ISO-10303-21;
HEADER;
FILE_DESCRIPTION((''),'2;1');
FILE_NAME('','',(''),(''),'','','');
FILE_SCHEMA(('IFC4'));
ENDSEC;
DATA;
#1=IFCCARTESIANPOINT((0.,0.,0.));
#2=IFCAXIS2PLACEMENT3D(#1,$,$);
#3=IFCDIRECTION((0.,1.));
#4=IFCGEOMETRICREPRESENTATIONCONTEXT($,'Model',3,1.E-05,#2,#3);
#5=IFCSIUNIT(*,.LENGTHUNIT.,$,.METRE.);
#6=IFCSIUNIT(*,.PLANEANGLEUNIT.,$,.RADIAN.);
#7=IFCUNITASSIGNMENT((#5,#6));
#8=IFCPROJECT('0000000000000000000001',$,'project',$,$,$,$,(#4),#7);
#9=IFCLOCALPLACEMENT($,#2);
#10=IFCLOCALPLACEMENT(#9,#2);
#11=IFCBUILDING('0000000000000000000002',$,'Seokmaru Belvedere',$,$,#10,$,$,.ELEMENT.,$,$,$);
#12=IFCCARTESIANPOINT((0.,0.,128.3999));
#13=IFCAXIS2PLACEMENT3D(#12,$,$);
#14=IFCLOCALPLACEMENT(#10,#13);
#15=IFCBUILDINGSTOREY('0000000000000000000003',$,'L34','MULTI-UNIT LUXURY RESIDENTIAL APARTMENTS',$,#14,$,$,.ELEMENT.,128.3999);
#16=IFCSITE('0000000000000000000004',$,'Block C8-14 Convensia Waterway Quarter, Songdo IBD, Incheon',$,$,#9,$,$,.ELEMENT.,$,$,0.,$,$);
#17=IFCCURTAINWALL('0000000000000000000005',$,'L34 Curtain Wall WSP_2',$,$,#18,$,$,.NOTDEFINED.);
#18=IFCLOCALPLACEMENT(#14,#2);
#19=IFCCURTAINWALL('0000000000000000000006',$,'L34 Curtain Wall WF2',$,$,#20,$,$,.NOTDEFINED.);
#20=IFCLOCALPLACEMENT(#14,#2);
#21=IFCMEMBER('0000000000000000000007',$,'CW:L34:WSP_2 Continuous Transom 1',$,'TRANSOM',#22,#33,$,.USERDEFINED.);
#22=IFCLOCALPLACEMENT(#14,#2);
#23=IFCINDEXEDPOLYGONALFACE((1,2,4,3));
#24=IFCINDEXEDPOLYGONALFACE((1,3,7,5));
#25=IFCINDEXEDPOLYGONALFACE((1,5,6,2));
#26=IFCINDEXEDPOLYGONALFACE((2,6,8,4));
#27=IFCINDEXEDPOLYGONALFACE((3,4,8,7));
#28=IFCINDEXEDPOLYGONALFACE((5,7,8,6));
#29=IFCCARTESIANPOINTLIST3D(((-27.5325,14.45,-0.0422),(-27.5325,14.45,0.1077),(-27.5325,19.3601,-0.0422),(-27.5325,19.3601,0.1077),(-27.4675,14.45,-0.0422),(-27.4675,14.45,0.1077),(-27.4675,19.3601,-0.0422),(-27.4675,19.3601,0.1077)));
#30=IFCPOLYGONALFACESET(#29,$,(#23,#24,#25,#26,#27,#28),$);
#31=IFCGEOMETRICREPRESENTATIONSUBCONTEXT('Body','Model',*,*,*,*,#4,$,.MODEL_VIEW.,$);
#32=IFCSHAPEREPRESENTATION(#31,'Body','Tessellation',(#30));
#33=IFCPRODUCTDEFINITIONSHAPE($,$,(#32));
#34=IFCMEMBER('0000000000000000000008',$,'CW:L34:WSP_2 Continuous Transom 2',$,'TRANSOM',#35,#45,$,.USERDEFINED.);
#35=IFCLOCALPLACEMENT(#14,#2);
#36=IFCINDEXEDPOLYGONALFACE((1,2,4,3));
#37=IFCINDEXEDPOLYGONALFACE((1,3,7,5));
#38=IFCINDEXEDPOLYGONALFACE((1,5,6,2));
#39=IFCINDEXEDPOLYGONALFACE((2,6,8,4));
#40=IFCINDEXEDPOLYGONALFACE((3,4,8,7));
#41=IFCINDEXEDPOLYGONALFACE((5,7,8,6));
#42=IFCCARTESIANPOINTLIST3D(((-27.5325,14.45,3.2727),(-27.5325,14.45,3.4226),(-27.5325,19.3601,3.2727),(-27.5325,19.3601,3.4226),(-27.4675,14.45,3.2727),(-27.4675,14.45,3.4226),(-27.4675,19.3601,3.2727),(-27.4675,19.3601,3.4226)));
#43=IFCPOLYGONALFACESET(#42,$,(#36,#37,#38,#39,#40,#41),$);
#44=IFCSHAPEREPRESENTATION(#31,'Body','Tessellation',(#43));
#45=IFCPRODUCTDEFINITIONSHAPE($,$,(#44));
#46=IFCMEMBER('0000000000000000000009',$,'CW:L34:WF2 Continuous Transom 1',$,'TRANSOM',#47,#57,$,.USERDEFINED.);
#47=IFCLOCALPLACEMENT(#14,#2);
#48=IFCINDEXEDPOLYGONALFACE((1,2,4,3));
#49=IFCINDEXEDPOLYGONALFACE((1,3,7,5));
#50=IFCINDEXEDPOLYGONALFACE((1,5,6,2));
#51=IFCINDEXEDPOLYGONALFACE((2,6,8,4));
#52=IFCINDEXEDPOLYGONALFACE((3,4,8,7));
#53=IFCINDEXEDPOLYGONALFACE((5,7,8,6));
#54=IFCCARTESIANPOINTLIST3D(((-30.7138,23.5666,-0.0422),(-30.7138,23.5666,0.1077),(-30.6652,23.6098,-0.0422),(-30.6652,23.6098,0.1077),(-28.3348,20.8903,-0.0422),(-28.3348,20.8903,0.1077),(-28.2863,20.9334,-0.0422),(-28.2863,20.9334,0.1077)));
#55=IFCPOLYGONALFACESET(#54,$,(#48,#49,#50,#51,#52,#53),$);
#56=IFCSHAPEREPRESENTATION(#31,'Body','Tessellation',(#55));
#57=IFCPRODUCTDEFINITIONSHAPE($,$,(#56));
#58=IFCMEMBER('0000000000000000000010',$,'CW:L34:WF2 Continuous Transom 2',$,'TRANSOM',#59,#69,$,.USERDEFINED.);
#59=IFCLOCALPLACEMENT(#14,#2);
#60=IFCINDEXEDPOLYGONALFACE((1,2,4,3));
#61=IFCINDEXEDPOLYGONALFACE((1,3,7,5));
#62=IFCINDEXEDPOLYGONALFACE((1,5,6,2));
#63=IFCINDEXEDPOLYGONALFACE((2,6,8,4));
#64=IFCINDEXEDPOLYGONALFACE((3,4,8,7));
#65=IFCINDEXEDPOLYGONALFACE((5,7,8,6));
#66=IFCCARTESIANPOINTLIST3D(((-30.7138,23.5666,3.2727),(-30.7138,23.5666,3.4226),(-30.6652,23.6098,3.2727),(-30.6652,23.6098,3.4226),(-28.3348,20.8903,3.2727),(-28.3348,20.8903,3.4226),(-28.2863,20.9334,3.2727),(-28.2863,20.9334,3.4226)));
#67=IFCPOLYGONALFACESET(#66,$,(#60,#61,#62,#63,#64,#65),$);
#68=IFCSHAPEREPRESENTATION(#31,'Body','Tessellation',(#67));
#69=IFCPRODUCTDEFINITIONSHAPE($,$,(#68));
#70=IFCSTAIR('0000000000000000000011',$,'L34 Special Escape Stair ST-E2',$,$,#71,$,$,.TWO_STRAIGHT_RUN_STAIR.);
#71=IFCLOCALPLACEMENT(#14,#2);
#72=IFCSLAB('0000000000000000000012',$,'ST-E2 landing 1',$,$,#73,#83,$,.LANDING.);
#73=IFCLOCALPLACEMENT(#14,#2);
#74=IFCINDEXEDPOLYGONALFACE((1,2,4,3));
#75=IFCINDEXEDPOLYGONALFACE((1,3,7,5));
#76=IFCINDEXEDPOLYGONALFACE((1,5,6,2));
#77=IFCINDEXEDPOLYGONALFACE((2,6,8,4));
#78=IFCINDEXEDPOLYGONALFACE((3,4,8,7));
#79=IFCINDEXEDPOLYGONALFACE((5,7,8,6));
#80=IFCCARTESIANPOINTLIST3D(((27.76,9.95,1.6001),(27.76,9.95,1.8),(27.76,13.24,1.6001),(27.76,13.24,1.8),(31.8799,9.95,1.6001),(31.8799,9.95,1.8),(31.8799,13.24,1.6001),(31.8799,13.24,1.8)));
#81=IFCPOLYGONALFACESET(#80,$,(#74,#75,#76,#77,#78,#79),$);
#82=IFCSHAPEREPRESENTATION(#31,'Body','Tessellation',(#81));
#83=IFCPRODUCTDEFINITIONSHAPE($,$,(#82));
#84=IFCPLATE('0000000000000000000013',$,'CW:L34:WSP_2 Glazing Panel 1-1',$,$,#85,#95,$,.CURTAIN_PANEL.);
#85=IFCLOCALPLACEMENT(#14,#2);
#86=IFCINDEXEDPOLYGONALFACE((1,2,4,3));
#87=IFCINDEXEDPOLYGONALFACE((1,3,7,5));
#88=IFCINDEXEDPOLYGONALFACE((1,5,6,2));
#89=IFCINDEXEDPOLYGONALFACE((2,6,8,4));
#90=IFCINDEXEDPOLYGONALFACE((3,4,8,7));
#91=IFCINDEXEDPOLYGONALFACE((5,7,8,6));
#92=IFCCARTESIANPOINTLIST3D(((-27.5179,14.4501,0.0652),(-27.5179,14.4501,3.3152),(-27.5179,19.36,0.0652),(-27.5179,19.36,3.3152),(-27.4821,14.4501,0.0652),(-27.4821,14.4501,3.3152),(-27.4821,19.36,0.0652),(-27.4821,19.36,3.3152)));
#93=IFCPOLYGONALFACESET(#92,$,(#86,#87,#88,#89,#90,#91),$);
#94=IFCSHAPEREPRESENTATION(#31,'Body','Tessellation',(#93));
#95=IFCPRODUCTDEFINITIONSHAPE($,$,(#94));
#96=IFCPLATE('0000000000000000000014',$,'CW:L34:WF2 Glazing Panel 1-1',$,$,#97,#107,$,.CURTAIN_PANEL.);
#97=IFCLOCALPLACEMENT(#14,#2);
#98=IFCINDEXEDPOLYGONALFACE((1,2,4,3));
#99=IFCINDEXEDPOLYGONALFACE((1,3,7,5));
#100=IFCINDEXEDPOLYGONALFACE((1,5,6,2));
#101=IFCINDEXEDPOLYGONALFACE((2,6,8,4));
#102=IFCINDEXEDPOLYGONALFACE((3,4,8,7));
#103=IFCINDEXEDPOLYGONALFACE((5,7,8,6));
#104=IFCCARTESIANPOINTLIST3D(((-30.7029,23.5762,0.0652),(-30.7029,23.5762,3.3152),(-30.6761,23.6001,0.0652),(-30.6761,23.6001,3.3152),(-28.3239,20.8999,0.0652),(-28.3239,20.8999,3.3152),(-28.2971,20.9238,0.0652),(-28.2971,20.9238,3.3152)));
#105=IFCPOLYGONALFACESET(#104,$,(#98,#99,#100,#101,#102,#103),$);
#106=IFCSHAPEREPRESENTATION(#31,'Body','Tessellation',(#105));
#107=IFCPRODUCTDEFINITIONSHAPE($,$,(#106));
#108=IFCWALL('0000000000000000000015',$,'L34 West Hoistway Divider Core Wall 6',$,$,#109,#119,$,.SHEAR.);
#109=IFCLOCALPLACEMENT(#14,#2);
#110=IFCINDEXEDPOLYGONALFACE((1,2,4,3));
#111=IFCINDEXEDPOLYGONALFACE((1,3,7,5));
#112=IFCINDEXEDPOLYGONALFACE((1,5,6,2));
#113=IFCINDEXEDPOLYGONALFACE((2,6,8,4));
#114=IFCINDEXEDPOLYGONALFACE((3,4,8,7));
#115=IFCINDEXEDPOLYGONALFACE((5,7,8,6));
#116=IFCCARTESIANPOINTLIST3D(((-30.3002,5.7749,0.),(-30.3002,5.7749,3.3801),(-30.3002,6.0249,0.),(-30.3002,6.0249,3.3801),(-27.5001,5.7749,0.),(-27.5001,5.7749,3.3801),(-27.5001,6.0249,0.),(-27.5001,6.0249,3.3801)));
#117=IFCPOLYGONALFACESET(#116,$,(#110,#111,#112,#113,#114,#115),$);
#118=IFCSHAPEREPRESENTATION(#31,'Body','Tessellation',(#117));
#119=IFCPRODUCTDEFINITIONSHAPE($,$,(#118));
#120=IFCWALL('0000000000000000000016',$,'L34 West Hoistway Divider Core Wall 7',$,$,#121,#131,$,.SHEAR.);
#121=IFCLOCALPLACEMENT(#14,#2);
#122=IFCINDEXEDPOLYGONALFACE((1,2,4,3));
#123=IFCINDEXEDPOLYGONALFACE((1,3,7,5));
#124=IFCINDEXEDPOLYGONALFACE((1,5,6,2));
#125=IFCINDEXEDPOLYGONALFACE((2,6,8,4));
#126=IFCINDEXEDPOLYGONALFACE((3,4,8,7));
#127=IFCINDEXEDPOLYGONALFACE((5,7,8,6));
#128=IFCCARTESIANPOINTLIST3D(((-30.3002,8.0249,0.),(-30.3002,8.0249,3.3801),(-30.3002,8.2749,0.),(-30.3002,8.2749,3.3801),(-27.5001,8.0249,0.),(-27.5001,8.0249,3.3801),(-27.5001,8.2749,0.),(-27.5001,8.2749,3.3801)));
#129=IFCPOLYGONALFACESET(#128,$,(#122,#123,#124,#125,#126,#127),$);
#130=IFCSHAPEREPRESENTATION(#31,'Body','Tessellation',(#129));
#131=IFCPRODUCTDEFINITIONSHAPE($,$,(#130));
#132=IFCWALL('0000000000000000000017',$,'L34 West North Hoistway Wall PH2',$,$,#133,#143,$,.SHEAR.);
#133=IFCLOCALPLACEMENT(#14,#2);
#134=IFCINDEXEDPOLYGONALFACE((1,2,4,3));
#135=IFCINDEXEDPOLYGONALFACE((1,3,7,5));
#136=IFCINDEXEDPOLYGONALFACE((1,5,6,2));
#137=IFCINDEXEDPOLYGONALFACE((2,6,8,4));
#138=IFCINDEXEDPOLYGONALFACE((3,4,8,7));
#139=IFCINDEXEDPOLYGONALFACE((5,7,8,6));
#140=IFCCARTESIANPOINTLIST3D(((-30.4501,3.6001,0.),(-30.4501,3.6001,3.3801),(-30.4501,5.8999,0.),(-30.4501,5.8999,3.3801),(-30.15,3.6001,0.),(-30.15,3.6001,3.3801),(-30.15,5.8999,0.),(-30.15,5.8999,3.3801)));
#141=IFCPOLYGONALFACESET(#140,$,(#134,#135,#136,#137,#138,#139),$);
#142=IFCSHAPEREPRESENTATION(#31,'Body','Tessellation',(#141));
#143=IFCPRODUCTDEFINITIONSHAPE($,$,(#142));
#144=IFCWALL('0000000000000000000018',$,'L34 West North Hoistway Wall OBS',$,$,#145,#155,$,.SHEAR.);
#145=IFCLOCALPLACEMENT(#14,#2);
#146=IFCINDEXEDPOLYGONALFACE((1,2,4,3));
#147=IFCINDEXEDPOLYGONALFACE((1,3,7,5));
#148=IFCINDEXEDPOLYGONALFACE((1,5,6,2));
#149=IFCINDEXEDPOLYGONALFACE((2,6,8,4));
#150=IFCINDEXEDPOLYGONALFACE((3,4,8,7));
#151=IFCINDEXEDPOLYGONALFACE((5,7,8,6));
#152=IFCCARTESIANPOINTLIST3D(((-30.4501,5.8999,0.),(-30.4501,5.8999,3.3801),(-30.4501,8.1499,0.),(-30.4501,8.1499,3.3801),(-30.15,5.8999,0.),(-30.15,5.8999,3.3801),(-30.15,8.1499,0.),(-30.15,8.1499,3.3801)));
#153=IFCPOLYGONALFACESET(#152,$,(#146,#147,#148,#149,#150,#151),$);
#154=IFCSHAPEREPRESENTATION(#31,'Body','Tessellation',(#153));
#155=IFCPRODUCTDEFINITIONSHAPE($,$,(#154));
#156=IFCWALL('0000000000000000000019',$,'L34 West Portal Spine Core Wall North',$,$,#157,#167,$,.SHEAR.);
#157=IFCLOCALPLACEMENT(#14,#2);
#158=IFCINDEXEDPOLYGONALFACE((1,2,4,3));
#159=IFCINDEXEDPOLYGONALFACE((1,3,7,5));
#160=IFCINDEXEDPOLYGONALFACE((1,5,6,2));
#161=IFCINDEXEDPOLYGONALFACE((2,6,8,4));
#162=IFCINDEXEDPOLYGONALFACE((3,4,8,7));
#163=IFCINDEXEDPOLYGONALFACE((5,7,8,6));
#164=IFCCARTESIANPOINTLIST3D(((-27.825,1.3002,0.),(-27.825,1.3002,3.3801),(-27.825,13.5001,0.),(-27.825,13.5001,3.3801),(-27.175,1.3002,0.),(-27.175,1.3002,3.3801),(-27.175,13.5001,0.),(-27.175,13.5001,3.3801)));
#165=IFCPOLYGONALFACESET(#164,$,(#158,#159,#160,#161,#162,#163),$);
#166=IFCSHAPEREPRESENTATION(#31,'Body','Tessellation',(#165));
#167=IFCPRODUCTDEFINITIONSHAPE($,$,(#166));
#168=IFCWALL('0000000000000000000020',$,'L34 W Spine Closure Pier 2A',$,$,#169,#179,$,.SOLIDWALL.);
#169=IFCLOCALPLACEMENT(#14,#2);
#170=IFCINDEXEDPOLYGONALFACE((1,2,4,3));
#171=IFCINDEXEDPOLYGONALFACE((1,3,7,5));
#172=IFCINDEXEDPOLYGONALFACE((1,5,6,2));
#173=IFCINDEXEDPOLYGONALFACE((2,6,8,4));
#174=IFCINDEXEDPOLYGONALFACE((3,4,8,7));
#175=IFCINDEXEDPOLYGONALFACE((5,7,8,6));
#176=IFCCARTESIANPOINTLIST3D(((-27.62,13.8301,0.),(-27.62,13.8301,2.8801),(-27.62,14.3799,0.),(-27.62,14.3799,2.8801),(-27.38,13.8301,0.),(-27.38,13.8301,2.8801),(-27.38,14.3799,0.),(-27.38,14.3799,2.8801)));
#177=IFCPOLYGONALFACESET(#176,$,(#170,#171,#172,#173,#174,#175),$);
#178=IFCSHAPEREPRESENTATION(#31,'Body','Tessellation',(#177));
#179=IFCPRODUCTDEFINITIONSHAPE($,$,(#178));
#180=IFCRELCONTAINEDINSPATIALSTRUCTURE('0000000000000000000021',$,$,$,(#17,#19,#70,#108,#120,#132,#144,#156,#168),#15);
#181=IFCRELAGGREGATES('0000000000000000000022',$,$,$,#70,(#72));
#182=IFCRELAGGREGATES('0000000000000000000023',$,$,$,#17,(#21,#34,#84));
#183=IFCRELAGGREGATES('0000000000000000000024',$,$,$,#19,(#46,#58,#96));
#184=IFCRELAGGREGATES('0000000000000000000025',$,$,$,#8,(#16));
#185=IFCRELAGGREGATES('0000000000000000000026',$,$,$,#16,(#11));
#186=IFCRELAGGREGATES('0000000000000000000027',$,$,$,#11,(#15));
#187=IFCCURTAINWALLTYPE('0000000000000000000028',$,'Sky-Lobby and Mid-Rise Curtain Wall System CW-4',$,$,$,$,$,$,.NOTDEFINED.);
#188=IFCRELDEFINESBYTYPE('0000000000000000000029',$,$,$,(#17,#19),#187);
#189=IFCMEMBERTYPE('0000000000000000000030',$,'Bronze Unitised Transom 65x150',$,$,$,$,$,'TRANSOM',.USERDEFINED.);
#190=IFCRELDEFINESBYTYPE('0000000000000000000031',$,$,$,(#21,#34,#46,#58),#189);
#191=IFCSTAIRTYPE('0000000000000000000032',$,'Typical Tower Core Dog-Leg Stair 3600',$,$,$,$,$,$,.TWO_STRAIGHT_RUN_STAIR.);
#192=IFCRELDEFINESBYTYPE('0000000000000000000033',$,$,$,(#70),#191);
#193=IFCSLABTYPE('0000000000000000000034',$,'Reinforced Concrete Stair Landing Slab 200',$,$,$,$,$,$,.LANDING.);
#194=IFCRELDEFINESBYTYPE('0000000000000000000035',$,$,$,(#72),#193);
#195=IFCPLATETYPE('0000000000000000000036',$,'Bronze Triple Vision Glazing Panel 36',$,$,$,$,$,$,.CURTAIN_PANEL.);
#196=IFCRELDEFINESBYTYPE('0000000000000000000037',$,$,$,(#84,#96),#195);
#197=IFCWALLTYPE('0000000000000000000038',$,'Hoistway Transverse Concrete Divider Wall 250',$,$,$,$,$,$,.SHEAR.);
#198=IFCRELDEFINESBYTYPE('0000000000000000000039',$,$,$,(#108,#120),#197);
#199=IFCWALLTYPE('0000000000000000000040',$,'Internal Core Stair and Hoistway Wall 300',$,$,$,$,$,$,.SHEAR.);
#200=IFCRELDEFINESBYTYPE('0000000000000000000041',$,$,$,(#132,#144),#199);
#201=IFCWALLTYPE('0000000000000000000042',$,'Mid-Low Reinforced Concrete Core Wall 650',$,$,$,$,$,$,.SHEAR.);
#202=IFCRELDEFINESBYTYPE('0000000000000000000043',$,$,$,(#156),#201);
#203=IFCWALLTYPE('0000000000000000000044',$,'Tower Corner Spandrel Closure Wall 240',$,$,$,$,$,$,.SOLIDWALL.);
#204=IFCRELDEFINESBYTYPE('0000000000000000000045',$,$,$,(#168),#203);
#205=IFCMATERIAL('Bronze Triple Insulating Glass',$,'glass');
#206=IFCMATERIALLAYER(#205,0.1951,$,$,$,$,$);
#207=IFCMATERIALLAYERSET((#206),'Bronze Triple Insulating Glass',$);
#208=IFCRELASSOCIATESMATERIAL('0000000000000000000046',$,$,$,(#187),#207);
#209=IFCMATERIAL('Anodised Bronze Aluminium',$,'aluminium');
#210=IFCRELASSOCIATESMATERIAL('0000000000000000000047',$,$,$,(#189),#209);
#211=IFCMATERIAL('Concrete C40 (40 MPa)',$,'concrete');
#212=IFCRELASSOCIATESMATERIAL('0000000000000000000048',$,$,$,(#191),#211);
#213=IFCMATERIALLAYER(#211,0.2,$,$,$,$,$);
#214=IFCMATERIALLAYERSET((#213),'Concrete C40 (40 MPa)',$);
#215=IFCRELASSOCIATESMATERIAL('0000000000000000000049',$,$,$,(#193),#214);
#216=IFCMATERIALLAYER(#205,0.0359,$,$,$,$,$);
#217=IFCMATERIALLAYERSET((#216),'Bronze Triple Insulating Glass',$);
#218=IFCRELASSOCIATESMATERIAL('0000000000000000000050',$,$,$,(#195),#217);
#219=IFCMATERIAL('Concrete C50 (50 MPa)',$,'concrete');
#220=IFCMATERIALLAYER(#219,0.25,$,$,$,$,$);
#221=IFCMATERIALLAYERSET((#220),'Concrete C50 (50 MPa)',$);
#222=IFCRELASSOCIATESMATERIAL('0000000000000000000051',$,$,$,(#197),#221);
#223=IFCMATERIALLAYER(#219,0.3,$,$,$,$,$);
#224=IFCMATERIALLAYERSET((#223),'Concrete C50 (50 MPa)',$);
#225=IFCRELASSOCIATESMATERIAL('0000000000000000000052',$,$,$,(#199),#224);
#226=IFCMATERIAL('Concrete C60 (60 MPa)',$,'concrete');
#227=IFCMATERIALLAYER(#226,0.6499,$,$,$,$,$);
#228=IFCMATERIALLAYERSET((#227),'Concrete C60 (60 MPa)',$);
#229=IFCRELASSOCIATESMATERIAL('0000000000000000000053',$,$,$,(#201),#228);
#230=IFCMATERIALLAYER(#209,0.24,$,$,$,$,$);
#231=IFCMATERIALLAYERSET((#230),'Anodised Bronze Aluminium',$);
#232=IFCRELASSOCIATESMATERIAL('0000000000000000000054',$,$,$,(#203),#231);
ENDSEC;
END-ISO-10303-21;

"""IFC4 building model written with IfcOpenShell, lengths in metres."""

from ifc_helpers import new_model, si_unit, direction, frame, frame_2d, origin, origin_2d, place, context, subcontext, project, spatial, polyline, rectangle, outline, extrude, source, transform, mapped, material, layer, layer_set, material_profile, profile_set, type_object, type_shapes, element, aggregate, save


model = new_model("IFC4")

# Units and contexts
model_context = context("Model", 3, precision=1e-05, world=origin(), true_north=direction((0.0, 1.0)))
body_context = subcontext(model_context, "Body", "Model", "MODEL_VIEW")
ifc_project = project(units=[si_unit("LENGTHUNIT", "METRE"), si_unit("PLANEANGLEUNIT", "RADIAN")], contexts=[model_context])

# Site, building, storey
site_placement = place(None, origin())
site = spatial("IfcSite", under=ifc_project, at=site_placement, Name="Block C8-14 Convensia Waterway Quarter, Songdo IBD, Incheon", CompositionType="ELEMENT", RefElevation=0.0)
building_placement = place(site_placement, origin())
building = spatial("IfcBuilding", under=site, at=building_placement, Name="Seokmaru Belvedere", CompositionType="ELEMENT")
storey_placement = place(building_placement, frame((0.0, 0.0, 128.3999)))
storey = spatial("IfcBuildingStorey", under=building, at=storey_placement, Name="L34", Description="MULTI-UNIT LUXURY RESIDENTIAL APARTMENTS", CompositionType="ELEMENT", Elevation=128.3999)

# Curtain wall
ifc_material_1 = material(Name="Bronze Triple Insulating Glass", Category="glass")
ifc_layer_1 = layer(ifc_material_1, 0.1951)
ifc_layer_set_1 = layer_set([ifc_layer_1], Name="Bronze Triple Insulating Glass")
curtain_wall_type = type_object("IfcCurtainWallType", Name="Sky-Lobby and Mid-Rise Curtain Wall System CW-4", PredefinedType="NOTDEFINED", material=ifc_layer_set_1)
curtain_wall_1_placement = place(storey_placement, origin())
curtain_wall_1 = element("IfcCurtainWall", 1, at=curtain_wall_1_placement, inside=storey, type_object=curtain_wall_type, Name="L34 Curtain Wall WSP_2", PredefinedType="NOTDEFINED")
ifc_material_2 = material(Name="Anodised Bronze Aluminium", Category="aluminium")

# Curtain wall
curtain_wall_2_placement = place(storey_placement, origin())
curtain_wall_2 = element("IfcCurtainWall", 2, at=curtain_wall_2_placement, inside=storey, type_object=curtain_wall_type, Name="L34 Curtain Wall WF2", PredefinedType="NOTDEFINED")

# Members
ifc_material_profile_1 = material_profile(ifc_material_2, rectangle(XDim=0.0649, YDim=0.1499, at=origin_2d()), Name="CW-T-65x150")
ifc_profile_set_1 = profile_set([ifc_material_profile_1], Name="Anodised Bronze Aluminium")
member_type_1 = type_object("IfcMemberType", Name="Bronze Unitised Transom 65x150", ElementType="TRANSOM", PredefinedType="USERDEFINED", material=ifc_profile_set_1)
shared_shape_1 = source(origin(), body_context, "Body", "SweptSolid", [
    extrude(rectangle(XDim=0.0649, YDim=0.1499, at=origin_2d()), origin(), (0.0, 0.0, 1.0), 4.9102),
])
member_1_placement = place(storey_placement, frame((-27.5, 14.45, 0.0327), z_axis=(0.0, 1.0, 0.0), x_axis=(-1.0, 0.0, 0.0)))
member_1 = element("IfcMember", 3, at=member_1_placement, type_object=member_type_1, Name="CW:L34:WSP_2 Continuous Transom 1", ObjectType="TRANSOM", PredefinedType="USERDEFINED", context=body_context, shape_type="MappedRepresentation", body=[
    mapped(shared_shape_1, transform((0.0, 0.0, 0.0), scale=1.0)),
])
member_2_placement = place(storey_placement, frame((-27.5, 14.45, 3.3477), z_axis=(0.0, 1.0, 0.0), x_axis=(-1.0, 0.0, 0.0)))
member_2 = element("IfcMember", 4, at=member_2_placement, type_object=member_type_1, Name="CW:L34:WSP_2 Continuous Transom 2", ObjectType="TRANSOM", PredefinedType="USERDEFINED", context=body_context, shape_type="MappedRepresentation", body=[
    mapped(shared_shape_1, transform((0.0, 0.0, 0.0), scale=1.0)),
])
shared_shape_2 = source(origin(), body_context, "Body", "SweptSolid", [
    extrude(rectangle(XDim=0.0649, YDim=0.1499, at=origin_2d()), origin(), (0.0, 0.0, 1.0), 3.5808),
])
type_shapes(member_type_1, [shared_shape_1, shared_shape_2])
member_3_placement = place(storey_placement, frame((-28.3105, 20.9119, 0.0327), z_axis=(-0.664364, 0.747409, 0.0), x_axis=(-0.747409, -0.664364, 0.0)))
member_3 = element("IfcMember", 5, at=member_3_placement, type_object=member_type_1, Name="CW:L34:WF2 Continuous Transom 1", ObjectType="TRANSOM", PredefinedType="USERDEFINED", context=body_context, shape_type="MappedRepresentation", body=[
    mapped(shared_shape_2, transform((0.0, 0.0, 0.0), scale=1.0)),
])
member_4_placement = place(storey_placement, frame((-28.3105, 20.9119, 3.3477), z_axis=(-0.664364, 0.747409, 0.0), x_axis=(-0.747409, -0.664364, 0.0)))
member_4 = element("IfcMember", 6, at=member_4_placement, type_object=member_type_1, Name="CW:L34:WF2 Continuous Transom 2", ObjectType="TRANSOM", PredefinedType="USERDEFINED", context=body_context, shape_type="MappedRepresentation", body=[
    mapped(shared_shape_2, transform((0.0, 0.0, 0.0), scale=1.0)),
])

# Stair, slab
ifc_material_3 = material(Name="Concrete C40 (40 MPa)", Category="concrete")
stair_type = type_object("IfcStairType", Name="Typical Tower Core Dog-Leg Stair 3600", PredefinedType="TWO_STRAIGHT_RUN_STAIR", material=ifc_material_3)
stair_placement = place(storey_placement, origin())
stair = element("IfcStair", 7, at=stair_placement, inside=storey, type_object=stair_type, Name="L34 Special Escape Stair ST-E2", PredefinedType="TWO_STRAIGHT_RUN_STAIR")
ifc_layer_2 = layer(ifc_material_3, 0.2)
ifc_layer_set_2 = layer_set([ifc_layer_2], Name="Concrete C40 (40 MPa)")
slab_type = type_object("IfcSlabType", Name="Reinforced Concrete Stair Landing Slab 200", PredefinedType="LANDING", material=ifc_layer_set_2)
slab_placement = place(storey_placement, frame((0.0, 0.0, 1.6001)))
slab = element("IfcSlab", 8, at=slab_placement, type_object=slab_type, Name="ST-E2 landing 1", PredefinedType="LANDING", context=body_context, shape_type="SweptSolid", body=[
    extrude(outline(polyline([(27.76, 9.95), (31.8799, 9.95), (31.8799, 13.24), (27.76, 13.24), (27.76, 9.95)])), origin(), (0.0, 0.0, 1.0), 0.2),
])
aggregate(stair, [slab])

# Plates
ifc_layer_3 = layer(ifc_material_1, 0.0359)
ifc_layer_set_3 = layer_set([ifc_layer_3], Name="Bronze Triple Insulating Glass")
plate_type = type_object("IfcPlateType", Name="Bronze Triple Vision Glazing Panel 36", PredefinedType="CURTAIN_PANEL", material=ifc_layer_set_3)
shared_shape_3 = source(origin(), body_context, "Body", "SweptSolid", [
    extrude(rectangle(XDim=4.9099, YDim=0.0359, at=origin_2d()), origin(), (0.0, 0.0, 1.0), 3.25),
])
plate_1_placement = place(storey_placement, frame((-27.5, 16.905, 0.0652), z_axis=(0.0, 0.0, 1.0), x_axis=(0.0, 1.0, 0.0)))
plate_1 = element("IfcPlate", 9, at=plate_1_placement, type_object=plate_type, Name="CW:L34:WSP_2 Glazing Panel 1-1", PredefinedType="CURTAIN_PANEL", context=body_context, shape_type="MappedRepresentation", body=[
    mapped(shared_shape_3, transform((0.0, 0.0, 0.0), scale=1.0)),
])
aggregate(curtain_wall_1, [member_1, member_2, plate_1])
shared_shape_4 = source(origin(), body_context, "Body", "SweptSolid", [
    extrude(rectangle(XDim=3.5808, YDim=0.0359, at=origin_2d()), origin(), (0.0, 0.0, 1.0), 3.25),
])
type_shapes(plate_type, [shared_shape_3, shared_shape_4])
plate_2_placement = place(storey_placement, frame((-29.5, 22.25, 0.0652), z_axis=(0.0, 0.0, 1.0), x_axis=(-0.664363, 0.74741, 0.0)))
plate_2 = element("IfcPlate", 10, at=plate_2_placement, type_object=plate_type, Name="CW:L34:WF2 Glazing Panel 1-1", PredefinedType="CURTAIN_PANEL", context=body_context, shape_type="MappedRepresentation", body=[
    mapped(shared_shape_4, transform((0.0, 0.0, 0.0), scale=1.0)),
])
aggregate(curtain_wall_2, [member_3, member_4, plate_2])

# Walls
ifc_material_4 = material(Name="Concrete C50 (50 MPa)", Category="concrete")
ifc_layer_4 = layer(ifc_material_4, 0.25)
ifc_layer_set_4 = layer_set([ifc_layer_4], Name="Concrete C50 (50 MPa)")
wall_type_1 = type_object("IfcWallType", Name="Hoistway Transverse Concrete Divider Wall 250", PredefinedType="SHEAR", material=ifc_layer_set_4)
for number, where, z_axis, x_axis, name in (
    (11, (-30.3, 5.8999, 0.0), (0.0, 0.0, 1.0), (1.0, 0.0, 0.0), "L34 West Hoistway Divider Core Wall 6"),
    (12, (-30.3, 8.1499, 0.0), (0.0, 0.0, 1.0), (1.0, 0.0, 0.0), "L34 West Hoistway Divider Core Wall 7"),
):
    element("IfcWall", number, at=place(storey_placement, frame(where, z_axis=z_axis, x_axis=x_axis)), inside=storey, type_object=wall_type_1, Name=name, PredefinedType="SHEAR", context=body_context, shape_type="SweptSolid", body=[
        extrude(rectangle(XDim=2.8, YDim=0.25, at=frame_2d((1.3999, 0.0))), origin(), (0.0, 0.0, 1.0), 3.3801),
    ])
ifc_layer_5 = layer(ifc_material_4, 0.3)
ifc_layer_set_5 = layer_set([ifc_layer_5], Name="Concrete C50 (50 MPa)")
wall_type_2 = type_object("IfcWallType", Name="Internal Core Stair and Hoistway Wall 300", PredefinedType="SHEAR", material=ifc_layer_set_5)
wall_1_placement = place(storey_placement, frame((-30.3, 3.6001, 0.0), z_axis=(0.0, 0.0, 1.0), x_axis=(0.0, 1.0, 0.0)))
element("IfcWall", 13, at=wall_1_placement, inside=storey, type_object=wall_type_2, Name="L34 West North Hoistway Wall PH2", PredefinedType="SHEAR", context=body_context, shape_type="SweptSolid", body=[
    extrude(rectangle(XDim=2.2998, YDim=0.3, at=frame_2d((1.1499, 0.0))), origin(), (0.0, 0.0, 1.0), 3.3801),
])
wall_2_placement = place(storey_placement, frame((-30.3, 5.8999, 0.0), z_axis=(0.0, 0.0, 1.0), x_axis=(0.0, 1.0, 0.0)))
element("IfcWall", 14, at=wall_2_placement, inside=storey, type_object=wall_type_2, Name="L34 West North Hoistway Wall OBS", PredefinedType="SHEAR", context=body_context, shape_type="SweptSolid", body=[
    extrude(rectangle(XDim=2.25, YDim=0.3, at=frame_2d((1.125, 0.0))), origin(), (0.0, 0.0, 1.0), 3.3801),
])

# Walls
ifc_material_5 = material(Name="Concrete C60 (60 MPa)", Category="concrete")
ifc_layer_6 = layer(ifc_material_5, 0.6499)
ifc_layer_set_6 = layer_set([ifc_layer_6], Name="Concrete C60 (60 MPa)")
wall_type_3 = type_object("IfcWallType", Name="Mid-Low Reinforced Concrete Core Wall 650", PredefinedType="SHEAR", material=ifc_layer_set_6)
wall_3_placement = place(storey_placement, frame((-27.5, 1.3, 0.0), z_axis=(0.0, 0.0, 1.0), x_axis=(0.0, 1.0, 0.0)))
element("IfcWall", 15, at=wall_3_placement, inside=storey, type_object=wall_type_3, Name="L34 West Portal Spine Core Wall North", PredefinedType="SHEAR", context=body_context, shape_type="SweptSolid", body=[
    extrude(rectangle(XDim=12.2, YDim=0.6499, at=frame_2d((6.1001, 0.0))), origin(), (0.0, 0.0, 1.0), 3.3801),
])
ifc_layer_7 = layer(ifc_material_2, 0.24)
ifc_layer_set_7 = layer_set([ifc_layer_7], Name="Anodised Bronze Aluminium")
wall_type_4 = type_object("IfcWallType", Name="Tower Corner Spandrel Closure Wall 240", PredefinedType="SOLIDWALL", material=ifc_layer_set_7)
wall_4_placement = place(storey_placement, frame((-27.5, 13.8301, 0.0), z_axis=(0.0, 0.0, 1.0), x_axis=(0.0, 1.0, 0.0)))
element("IfcWall", 16, at=wall_4_placement, inside=storey, type_object=wall_type_4, Name="L34 W Spine Closure Pier 2A", PredefinedType="SOLIDWALL", context=body_context, shape_type="SweptSolid", body=[
    extrude(rectangle(XDim=0.5498, YDim=0.24, at=frame_2d((0.2749, 0.0))), origin(), (0.0, 0.0, 1.0), 2.8801),
])

save(model, "model.ifc")
